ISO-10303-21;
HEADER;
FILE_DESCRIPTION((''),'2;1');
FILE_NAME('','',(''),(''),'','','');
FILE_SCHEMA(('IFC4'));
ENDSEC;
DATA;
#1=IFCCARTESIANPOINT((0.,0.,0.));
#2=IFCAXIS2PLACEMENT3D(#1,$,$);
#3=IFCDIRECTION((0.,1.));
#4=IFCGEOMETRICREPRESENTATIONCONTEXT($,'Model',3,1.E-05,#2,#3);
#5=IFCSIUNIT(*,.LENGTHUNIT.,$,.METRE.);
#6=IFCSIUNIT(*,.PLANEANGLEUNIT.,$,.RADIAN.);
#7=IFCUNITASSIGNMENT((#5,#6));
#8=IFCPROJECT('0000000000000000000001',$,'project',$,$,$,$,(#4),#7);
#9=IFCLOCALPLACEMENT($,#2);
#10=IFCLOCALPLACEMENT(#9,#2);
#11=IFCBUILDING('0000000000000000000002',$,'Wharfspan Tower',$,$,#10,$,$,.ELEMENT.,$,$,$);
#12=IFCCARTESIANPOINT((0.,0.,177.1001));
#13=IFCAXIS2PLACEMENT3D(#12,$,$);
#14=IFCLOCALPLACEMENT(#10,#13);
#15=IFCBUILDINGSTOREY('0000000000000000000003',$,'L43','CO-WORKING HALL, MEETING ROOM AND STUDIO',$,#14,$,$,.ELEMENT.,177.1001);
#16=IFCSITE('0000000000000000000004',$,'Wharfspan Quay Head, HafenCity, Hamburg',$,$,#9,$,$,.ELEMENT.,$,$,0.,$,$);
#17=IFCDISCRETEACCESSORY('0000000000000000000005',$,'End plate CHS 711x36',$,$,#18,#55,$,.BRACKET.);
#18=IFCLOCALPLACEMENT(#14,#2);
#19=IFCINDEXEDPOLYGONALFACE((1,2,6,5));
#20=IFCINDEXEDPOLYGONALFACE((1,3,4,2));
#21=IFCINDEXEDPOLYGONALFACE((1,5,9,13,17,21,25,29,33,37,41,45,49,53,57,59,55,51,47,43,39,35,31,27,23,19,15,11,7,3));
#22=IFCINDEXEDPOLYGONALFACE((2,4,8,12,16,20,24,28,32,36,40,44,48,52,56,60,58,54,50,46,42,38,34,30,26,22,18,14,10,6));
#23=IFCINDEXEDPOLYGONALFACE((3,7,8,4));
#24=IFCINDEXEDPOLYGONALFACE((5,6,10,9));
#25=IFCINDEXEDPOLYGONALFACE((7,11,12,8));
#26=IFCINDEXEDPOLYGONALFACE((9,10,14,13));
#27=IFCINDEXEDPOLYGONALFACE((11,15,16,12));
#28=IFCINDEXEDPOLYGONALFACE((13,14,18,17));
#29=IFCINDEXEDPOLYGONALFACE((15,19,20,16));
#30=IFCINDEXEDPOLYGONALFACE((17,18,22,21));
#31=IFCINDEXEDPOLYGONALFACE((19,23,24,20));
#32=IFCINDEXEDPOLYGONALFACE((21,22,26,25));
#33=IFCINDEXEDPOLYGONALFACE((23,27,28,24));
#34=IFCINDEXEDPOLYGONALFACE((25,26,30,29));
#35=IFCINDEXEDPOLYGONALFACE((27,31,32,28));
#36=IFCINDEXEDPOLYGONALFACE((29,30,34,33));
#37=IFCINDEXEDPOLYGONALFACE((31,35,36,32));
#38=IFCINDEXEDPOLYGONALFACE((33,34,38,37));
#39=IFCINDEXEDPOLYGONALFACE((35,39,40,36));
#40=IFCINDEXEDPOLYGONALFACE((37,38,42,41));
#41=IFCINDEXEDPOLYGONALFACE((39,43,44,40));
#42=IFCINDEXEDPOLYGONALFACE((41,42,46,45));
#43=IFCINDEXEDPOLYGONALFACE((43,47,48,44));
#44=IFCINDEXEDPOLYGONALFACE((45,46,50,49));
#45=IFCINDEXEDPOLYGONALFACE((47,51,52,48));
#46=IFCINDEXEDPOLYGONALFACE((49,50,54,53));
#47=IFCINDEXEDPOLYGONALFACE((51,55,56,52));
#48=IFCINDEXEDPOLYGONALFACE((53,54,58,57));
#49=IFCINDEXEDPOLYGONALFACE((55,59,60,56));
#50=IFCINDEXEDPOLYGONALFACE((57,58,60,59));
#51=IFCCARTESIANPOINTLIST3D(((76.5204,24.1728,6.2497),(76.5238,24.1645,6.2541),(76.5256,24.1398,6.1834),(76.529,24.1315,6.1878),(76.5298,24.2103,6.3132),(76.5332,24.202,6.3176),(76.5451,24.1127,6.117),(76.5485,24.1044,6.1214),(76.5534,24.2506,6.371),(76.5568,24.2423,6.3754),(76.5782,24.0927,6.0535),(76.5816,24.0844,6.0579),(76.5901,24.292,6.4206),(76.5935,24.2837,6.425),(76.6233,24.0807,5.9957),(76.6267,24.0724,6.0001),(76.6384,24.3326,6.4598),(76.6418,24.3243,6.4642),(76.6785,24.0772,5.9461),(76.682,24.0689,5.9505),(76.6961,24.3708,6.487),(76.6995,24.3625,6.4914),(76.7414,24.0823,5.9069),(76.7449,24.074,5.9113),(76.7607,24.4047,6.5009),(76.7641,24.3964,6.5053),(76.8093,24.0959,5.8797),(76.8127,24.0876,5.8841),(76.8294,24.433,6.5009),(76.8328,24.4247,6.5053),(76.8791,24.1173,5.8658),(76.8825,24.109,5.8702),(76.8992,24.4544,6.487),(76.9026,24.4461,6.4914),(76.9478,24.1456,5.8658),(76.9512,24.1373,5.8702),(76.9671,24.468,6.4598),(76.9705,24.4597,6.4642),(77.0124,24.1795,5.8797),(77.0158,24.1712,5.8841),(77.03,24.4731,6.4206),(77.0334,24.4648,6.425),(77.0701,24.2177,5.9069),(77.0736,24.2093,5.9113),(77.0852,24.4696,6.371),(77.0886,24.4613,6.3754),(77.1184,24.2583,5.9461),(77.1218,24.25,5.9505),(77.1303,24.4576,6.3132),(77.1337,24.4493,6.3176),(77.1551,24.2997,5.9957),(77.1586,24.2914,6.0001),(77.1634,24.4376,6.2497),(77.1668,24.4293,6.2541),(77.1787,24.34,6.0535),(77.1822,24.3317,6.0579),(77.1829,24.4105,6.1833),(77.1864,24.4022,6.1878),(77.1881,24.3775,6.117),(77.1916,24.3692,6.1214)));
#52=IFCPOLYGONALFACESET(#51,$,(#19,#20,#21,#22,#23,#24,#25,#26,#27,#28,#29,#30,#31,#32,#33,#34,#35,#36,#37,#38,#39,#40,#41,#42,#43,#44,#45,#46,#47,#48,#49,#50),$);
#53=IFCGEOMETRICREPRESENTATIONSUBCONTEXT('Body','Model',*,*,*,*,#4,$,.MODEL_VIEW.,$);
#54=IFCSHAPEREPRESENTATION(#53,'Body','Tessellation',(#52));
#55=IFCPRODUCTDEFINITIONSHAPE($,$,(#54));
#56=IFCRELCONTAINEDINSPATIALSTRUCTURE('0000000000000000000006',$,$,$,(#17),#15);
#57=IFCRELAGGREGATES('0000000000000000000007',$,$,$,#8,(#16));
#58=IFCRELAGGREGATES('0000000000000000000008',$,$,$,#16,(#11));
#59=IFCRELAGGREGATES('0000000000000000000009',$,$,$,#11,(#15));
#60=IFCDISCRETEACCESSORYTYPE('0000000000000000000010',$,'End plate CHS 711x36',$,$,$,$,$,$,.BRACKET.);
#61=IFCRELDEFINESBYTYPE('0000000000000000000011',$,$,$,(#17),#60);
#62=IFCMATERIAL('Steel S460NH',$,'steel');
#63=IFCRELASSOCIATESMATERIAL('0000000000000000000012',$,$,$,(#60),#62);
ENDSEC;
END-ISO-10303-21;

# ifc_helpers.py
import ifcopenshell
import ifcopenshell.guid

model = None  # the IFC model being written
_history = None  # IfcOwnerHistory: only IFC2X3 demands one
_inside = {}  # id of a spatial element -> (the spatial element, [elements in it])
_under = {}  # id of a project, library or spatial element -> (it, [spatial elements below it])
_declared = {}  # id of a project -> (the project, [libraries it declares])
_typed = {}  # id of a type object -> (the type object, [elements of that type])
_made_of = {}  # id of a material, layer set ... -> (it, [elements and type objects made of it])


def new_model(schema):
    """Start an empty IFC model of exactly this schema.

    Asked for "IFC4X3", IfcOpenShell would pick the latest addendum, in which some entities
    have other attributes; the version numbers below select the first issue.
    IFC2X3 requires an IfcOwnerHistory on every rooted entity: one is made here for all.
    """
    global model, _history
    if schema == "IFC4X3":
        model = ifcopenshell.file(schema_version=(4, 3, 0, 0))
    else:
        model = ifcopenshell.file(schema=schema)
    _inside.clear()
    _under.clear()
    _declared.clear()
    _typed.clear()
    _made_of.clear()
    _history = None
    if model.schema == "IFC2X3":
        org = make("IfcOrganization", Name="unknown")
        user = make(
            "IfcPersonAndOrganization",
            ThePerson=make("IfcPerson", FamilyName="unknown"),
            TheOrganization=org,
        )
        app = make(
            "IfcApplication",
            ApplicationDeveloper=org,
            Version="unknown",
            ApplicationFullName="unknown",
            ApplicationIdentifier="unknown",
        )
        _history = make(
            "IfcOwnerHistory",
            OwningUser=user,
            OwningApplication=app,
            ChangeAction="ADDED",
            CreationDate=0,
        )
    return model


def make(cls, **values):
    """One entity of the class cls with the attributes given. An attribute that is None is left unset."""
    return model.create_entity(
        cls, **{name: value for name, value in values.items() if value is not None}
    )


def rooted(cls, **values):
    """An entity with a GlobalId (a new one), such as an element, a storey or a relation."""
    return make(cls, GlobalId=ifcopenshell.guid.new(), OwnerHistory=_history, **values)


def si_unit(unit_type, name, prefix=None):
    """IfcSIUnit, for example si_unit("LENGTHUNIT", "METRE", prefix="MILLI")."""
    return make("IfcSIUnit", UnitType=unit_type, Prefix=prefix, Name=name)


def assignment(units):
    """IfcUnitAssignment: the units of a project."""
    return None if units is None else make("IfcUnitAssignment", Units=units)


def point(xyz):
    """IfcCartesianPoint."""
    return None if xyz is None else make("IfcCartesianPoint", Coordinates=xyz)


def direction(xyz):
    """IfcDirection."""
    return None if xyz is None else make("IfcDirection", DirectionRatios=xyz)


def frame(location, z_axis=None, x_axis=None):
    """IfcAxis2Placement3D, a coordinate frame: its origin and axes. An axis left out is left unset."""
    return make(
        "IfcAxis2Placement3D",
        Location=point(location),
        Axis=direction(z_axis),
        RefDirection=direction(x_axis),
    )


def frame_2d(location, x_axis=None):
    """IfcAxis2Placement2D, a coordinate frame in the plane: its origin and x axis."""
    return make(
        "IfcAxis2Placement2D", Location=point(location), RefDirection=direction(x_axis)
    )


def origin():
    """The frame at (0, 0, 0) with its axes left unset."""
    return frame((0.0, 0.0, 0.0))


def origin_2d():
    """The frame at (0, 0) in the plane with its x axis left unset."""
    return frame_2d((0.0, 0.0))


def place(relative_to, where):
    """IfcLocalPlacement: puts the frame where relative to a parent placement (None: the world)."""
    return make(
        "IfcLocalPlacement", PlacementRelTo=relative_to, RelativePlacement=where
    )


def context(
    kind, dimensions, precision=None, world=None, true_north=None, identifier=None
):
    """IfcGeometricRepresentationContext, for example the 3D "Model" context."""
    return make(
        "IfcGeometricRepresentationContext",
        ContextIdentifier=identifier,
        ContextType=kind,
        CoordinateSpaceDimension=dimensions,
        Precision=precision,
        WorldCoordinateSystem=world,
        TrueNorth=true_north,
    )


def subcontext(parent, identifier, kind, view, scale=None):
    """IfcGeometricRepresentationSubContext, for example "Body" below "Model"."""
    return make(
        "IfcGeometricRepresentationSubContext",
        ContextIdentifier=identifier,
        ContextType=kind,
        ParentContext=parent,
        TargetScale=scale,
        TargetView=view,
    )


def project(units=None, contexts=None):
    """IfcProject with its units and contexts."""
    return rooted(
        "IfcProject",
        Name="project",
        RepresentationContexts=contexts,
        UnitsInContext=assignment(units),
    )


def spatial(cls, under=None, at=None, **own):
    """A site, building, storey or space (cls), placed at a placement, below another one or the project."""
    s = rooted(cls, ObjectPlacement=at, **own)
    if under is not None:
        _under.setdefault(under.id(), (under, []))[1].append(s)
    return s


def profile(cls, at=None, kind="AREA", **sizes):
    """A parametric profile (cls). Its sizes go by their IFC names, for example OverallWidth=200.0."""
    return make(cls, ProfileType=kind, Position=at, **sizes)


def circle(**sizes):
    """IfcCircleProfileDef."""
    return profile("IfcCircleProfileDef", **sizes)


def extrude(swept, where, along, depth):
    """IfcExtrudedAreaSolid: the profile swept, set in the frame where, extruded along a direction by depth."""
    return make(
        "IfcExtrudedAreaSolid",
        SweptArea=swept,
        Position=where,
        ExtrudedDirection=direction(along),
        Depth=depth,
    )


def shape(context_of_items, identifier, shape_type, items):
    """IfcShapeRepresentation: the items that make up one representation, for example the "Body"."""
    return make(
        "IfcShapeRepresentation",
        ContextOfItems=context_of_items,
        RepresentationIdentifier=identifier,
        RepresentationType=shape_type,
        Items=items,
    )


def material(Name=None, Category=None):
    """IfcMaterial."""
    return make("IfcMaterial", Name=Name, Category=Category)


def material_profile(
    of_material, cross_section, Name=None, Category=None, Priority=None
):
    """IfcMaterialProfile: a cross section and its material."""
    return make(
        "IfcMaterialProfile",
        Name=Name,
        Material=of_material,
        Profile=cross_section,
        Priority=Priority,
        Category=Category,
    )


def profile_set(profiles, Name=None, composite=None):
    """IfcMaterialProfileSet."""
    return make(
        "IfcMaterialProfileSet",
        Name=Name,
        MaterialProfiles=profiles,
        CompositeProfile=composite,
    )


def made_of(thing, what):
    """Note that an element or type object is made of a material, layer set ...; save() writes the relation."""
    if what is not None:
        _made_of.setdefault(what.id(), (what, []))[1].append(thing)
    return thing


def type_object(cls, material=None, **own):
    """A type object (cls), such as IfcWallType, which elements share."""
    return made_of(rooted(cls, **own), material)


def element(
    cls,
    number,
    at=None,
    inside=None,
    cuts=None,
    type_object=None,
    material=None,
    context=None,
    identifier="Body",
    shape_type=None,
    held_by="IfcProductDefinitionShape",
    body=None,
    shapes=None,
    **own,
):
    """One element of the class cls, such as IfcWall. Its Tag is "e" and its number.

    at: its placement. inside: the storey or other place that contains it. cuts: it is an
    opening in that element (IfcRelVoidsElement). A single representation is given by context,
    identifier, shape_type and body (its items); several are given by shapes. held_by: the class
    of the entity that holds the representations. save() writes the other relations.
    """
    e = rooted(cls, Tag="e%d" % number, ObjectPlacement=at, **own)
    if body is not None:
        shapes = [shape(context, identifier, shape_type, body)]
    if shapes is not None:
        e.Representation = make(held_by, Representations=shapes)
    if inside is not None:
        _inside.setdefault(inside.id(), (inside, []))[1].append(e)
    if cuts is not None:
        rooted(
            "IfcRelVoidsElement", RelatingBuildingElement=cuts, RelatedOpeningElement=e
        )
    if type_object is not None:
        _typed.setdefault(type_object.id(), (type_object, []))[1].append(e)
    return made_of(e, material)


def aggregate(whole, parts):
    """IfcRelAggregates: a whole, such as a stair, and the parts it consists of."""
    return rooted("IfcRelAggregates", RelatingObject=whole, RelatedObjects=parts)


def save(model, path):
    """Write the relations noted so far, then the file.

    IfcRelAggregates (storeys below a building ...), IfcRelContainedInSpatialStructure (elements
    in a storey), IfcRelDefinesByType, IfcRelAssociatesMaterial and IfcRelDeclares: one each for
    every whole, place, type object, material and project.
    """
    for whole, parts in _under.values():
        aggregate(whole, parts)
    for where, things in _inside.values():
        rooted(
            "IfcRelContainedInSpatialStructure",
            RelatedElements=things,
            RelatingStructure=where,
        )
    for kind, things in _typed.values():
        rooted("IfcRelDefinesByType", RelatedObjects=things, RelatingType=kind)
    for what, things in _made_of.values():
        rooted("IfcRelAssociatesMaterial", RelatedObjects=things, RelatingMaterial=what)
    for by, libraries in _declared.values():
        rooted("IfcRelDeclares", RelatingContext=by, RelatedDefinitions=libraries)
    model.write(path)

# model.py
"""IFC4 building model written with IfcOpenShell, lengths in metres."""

from ifc_helpers import new_model, si_unit, direction, frame, origin, origin_2d, place, context, subcontext, project, spatial, circle, extrude, material, material_profile, profile_set, type_object, element, save


model = new_model("IFC4")

# Units and contexts
model_context = context("Model", 3, precision=1e-05, world=origin(), true_north=direction((0.0, 1.0)))
body_context = subcontext(model_context, "Body", "Model", "MODEL_VIEW")
ifc_project = project(units=[si_unit("LENGTHUNIT", "METRE"), si_unit("PLANEANGLEUNIT", "RADIAN")], contexts=[model_context])

# Site, building, storey
site_placement = place(None, origin())
site = spatial("IfcSite", under=ifc_project, at=site_placement, Name="Wharfspan Quay Head, HafenCity, Hamburg", CompositionType="ELEMENT", RefElevation=0.0)
building_placement = place(site_placement, origin())
building = spatial("IfcBuilding", under=site, at=building_placement, Name="Wharfspan Tower", CompositionType="ELEMENT")
storey_placement = place(building_placement, frame((0.0, 0.0, 177.1001)))
storey = spatial("IfcBuildingStorey", under=building, at=storey_placement, Name="L43", Description="CO-WORKING HALL, MEETING ROOM AND STUDIO", CompositionType="ELEMENT", Elevation=177.1001)

# Shared definitions
ifc_material_1 = material(Name="Steel S460NH", Category="steel")

# Discrete accessory
ifc_material_profile_1 = material_profile(ifc_material_1, circle(Radius=0.3555, at=origin_2d()))
ifc_profile_set_1 = profile_set([ifc_material_profile_1], Name="Steel S460NH")
discrete_accessory_type = type_object("IfcDiscreteAccessoryType", Name="End plate CHS 711x36", PredefinedType="BRACKET", material=ifc_profile_set_1)
for number, where, z_axis, x_axis, name in (
    (1, (76.8542, 24.2751, 6.1833), (0.341972, -0.830504, 0.439679), (0.924678, 0.380749, -0.000001), "End plate CHS 711x36"),
):
    element("IfcDiscreteAccessory", number, at=place(storey_placement, frame(where, z_axis=z_axis, x_axis=x_axis)), inside=storey, type_object=discrete_accessory_type, Name=name, PredefinedType="BRACKET", context=body_context, shape_type="SweptSolid", body=[
        extrude(circle(Radius=0.3555, at=origin_2d()), origin(), (0.0, 0.0, 1.0), 0.01),
    ])

save(model, "model.ifc")
